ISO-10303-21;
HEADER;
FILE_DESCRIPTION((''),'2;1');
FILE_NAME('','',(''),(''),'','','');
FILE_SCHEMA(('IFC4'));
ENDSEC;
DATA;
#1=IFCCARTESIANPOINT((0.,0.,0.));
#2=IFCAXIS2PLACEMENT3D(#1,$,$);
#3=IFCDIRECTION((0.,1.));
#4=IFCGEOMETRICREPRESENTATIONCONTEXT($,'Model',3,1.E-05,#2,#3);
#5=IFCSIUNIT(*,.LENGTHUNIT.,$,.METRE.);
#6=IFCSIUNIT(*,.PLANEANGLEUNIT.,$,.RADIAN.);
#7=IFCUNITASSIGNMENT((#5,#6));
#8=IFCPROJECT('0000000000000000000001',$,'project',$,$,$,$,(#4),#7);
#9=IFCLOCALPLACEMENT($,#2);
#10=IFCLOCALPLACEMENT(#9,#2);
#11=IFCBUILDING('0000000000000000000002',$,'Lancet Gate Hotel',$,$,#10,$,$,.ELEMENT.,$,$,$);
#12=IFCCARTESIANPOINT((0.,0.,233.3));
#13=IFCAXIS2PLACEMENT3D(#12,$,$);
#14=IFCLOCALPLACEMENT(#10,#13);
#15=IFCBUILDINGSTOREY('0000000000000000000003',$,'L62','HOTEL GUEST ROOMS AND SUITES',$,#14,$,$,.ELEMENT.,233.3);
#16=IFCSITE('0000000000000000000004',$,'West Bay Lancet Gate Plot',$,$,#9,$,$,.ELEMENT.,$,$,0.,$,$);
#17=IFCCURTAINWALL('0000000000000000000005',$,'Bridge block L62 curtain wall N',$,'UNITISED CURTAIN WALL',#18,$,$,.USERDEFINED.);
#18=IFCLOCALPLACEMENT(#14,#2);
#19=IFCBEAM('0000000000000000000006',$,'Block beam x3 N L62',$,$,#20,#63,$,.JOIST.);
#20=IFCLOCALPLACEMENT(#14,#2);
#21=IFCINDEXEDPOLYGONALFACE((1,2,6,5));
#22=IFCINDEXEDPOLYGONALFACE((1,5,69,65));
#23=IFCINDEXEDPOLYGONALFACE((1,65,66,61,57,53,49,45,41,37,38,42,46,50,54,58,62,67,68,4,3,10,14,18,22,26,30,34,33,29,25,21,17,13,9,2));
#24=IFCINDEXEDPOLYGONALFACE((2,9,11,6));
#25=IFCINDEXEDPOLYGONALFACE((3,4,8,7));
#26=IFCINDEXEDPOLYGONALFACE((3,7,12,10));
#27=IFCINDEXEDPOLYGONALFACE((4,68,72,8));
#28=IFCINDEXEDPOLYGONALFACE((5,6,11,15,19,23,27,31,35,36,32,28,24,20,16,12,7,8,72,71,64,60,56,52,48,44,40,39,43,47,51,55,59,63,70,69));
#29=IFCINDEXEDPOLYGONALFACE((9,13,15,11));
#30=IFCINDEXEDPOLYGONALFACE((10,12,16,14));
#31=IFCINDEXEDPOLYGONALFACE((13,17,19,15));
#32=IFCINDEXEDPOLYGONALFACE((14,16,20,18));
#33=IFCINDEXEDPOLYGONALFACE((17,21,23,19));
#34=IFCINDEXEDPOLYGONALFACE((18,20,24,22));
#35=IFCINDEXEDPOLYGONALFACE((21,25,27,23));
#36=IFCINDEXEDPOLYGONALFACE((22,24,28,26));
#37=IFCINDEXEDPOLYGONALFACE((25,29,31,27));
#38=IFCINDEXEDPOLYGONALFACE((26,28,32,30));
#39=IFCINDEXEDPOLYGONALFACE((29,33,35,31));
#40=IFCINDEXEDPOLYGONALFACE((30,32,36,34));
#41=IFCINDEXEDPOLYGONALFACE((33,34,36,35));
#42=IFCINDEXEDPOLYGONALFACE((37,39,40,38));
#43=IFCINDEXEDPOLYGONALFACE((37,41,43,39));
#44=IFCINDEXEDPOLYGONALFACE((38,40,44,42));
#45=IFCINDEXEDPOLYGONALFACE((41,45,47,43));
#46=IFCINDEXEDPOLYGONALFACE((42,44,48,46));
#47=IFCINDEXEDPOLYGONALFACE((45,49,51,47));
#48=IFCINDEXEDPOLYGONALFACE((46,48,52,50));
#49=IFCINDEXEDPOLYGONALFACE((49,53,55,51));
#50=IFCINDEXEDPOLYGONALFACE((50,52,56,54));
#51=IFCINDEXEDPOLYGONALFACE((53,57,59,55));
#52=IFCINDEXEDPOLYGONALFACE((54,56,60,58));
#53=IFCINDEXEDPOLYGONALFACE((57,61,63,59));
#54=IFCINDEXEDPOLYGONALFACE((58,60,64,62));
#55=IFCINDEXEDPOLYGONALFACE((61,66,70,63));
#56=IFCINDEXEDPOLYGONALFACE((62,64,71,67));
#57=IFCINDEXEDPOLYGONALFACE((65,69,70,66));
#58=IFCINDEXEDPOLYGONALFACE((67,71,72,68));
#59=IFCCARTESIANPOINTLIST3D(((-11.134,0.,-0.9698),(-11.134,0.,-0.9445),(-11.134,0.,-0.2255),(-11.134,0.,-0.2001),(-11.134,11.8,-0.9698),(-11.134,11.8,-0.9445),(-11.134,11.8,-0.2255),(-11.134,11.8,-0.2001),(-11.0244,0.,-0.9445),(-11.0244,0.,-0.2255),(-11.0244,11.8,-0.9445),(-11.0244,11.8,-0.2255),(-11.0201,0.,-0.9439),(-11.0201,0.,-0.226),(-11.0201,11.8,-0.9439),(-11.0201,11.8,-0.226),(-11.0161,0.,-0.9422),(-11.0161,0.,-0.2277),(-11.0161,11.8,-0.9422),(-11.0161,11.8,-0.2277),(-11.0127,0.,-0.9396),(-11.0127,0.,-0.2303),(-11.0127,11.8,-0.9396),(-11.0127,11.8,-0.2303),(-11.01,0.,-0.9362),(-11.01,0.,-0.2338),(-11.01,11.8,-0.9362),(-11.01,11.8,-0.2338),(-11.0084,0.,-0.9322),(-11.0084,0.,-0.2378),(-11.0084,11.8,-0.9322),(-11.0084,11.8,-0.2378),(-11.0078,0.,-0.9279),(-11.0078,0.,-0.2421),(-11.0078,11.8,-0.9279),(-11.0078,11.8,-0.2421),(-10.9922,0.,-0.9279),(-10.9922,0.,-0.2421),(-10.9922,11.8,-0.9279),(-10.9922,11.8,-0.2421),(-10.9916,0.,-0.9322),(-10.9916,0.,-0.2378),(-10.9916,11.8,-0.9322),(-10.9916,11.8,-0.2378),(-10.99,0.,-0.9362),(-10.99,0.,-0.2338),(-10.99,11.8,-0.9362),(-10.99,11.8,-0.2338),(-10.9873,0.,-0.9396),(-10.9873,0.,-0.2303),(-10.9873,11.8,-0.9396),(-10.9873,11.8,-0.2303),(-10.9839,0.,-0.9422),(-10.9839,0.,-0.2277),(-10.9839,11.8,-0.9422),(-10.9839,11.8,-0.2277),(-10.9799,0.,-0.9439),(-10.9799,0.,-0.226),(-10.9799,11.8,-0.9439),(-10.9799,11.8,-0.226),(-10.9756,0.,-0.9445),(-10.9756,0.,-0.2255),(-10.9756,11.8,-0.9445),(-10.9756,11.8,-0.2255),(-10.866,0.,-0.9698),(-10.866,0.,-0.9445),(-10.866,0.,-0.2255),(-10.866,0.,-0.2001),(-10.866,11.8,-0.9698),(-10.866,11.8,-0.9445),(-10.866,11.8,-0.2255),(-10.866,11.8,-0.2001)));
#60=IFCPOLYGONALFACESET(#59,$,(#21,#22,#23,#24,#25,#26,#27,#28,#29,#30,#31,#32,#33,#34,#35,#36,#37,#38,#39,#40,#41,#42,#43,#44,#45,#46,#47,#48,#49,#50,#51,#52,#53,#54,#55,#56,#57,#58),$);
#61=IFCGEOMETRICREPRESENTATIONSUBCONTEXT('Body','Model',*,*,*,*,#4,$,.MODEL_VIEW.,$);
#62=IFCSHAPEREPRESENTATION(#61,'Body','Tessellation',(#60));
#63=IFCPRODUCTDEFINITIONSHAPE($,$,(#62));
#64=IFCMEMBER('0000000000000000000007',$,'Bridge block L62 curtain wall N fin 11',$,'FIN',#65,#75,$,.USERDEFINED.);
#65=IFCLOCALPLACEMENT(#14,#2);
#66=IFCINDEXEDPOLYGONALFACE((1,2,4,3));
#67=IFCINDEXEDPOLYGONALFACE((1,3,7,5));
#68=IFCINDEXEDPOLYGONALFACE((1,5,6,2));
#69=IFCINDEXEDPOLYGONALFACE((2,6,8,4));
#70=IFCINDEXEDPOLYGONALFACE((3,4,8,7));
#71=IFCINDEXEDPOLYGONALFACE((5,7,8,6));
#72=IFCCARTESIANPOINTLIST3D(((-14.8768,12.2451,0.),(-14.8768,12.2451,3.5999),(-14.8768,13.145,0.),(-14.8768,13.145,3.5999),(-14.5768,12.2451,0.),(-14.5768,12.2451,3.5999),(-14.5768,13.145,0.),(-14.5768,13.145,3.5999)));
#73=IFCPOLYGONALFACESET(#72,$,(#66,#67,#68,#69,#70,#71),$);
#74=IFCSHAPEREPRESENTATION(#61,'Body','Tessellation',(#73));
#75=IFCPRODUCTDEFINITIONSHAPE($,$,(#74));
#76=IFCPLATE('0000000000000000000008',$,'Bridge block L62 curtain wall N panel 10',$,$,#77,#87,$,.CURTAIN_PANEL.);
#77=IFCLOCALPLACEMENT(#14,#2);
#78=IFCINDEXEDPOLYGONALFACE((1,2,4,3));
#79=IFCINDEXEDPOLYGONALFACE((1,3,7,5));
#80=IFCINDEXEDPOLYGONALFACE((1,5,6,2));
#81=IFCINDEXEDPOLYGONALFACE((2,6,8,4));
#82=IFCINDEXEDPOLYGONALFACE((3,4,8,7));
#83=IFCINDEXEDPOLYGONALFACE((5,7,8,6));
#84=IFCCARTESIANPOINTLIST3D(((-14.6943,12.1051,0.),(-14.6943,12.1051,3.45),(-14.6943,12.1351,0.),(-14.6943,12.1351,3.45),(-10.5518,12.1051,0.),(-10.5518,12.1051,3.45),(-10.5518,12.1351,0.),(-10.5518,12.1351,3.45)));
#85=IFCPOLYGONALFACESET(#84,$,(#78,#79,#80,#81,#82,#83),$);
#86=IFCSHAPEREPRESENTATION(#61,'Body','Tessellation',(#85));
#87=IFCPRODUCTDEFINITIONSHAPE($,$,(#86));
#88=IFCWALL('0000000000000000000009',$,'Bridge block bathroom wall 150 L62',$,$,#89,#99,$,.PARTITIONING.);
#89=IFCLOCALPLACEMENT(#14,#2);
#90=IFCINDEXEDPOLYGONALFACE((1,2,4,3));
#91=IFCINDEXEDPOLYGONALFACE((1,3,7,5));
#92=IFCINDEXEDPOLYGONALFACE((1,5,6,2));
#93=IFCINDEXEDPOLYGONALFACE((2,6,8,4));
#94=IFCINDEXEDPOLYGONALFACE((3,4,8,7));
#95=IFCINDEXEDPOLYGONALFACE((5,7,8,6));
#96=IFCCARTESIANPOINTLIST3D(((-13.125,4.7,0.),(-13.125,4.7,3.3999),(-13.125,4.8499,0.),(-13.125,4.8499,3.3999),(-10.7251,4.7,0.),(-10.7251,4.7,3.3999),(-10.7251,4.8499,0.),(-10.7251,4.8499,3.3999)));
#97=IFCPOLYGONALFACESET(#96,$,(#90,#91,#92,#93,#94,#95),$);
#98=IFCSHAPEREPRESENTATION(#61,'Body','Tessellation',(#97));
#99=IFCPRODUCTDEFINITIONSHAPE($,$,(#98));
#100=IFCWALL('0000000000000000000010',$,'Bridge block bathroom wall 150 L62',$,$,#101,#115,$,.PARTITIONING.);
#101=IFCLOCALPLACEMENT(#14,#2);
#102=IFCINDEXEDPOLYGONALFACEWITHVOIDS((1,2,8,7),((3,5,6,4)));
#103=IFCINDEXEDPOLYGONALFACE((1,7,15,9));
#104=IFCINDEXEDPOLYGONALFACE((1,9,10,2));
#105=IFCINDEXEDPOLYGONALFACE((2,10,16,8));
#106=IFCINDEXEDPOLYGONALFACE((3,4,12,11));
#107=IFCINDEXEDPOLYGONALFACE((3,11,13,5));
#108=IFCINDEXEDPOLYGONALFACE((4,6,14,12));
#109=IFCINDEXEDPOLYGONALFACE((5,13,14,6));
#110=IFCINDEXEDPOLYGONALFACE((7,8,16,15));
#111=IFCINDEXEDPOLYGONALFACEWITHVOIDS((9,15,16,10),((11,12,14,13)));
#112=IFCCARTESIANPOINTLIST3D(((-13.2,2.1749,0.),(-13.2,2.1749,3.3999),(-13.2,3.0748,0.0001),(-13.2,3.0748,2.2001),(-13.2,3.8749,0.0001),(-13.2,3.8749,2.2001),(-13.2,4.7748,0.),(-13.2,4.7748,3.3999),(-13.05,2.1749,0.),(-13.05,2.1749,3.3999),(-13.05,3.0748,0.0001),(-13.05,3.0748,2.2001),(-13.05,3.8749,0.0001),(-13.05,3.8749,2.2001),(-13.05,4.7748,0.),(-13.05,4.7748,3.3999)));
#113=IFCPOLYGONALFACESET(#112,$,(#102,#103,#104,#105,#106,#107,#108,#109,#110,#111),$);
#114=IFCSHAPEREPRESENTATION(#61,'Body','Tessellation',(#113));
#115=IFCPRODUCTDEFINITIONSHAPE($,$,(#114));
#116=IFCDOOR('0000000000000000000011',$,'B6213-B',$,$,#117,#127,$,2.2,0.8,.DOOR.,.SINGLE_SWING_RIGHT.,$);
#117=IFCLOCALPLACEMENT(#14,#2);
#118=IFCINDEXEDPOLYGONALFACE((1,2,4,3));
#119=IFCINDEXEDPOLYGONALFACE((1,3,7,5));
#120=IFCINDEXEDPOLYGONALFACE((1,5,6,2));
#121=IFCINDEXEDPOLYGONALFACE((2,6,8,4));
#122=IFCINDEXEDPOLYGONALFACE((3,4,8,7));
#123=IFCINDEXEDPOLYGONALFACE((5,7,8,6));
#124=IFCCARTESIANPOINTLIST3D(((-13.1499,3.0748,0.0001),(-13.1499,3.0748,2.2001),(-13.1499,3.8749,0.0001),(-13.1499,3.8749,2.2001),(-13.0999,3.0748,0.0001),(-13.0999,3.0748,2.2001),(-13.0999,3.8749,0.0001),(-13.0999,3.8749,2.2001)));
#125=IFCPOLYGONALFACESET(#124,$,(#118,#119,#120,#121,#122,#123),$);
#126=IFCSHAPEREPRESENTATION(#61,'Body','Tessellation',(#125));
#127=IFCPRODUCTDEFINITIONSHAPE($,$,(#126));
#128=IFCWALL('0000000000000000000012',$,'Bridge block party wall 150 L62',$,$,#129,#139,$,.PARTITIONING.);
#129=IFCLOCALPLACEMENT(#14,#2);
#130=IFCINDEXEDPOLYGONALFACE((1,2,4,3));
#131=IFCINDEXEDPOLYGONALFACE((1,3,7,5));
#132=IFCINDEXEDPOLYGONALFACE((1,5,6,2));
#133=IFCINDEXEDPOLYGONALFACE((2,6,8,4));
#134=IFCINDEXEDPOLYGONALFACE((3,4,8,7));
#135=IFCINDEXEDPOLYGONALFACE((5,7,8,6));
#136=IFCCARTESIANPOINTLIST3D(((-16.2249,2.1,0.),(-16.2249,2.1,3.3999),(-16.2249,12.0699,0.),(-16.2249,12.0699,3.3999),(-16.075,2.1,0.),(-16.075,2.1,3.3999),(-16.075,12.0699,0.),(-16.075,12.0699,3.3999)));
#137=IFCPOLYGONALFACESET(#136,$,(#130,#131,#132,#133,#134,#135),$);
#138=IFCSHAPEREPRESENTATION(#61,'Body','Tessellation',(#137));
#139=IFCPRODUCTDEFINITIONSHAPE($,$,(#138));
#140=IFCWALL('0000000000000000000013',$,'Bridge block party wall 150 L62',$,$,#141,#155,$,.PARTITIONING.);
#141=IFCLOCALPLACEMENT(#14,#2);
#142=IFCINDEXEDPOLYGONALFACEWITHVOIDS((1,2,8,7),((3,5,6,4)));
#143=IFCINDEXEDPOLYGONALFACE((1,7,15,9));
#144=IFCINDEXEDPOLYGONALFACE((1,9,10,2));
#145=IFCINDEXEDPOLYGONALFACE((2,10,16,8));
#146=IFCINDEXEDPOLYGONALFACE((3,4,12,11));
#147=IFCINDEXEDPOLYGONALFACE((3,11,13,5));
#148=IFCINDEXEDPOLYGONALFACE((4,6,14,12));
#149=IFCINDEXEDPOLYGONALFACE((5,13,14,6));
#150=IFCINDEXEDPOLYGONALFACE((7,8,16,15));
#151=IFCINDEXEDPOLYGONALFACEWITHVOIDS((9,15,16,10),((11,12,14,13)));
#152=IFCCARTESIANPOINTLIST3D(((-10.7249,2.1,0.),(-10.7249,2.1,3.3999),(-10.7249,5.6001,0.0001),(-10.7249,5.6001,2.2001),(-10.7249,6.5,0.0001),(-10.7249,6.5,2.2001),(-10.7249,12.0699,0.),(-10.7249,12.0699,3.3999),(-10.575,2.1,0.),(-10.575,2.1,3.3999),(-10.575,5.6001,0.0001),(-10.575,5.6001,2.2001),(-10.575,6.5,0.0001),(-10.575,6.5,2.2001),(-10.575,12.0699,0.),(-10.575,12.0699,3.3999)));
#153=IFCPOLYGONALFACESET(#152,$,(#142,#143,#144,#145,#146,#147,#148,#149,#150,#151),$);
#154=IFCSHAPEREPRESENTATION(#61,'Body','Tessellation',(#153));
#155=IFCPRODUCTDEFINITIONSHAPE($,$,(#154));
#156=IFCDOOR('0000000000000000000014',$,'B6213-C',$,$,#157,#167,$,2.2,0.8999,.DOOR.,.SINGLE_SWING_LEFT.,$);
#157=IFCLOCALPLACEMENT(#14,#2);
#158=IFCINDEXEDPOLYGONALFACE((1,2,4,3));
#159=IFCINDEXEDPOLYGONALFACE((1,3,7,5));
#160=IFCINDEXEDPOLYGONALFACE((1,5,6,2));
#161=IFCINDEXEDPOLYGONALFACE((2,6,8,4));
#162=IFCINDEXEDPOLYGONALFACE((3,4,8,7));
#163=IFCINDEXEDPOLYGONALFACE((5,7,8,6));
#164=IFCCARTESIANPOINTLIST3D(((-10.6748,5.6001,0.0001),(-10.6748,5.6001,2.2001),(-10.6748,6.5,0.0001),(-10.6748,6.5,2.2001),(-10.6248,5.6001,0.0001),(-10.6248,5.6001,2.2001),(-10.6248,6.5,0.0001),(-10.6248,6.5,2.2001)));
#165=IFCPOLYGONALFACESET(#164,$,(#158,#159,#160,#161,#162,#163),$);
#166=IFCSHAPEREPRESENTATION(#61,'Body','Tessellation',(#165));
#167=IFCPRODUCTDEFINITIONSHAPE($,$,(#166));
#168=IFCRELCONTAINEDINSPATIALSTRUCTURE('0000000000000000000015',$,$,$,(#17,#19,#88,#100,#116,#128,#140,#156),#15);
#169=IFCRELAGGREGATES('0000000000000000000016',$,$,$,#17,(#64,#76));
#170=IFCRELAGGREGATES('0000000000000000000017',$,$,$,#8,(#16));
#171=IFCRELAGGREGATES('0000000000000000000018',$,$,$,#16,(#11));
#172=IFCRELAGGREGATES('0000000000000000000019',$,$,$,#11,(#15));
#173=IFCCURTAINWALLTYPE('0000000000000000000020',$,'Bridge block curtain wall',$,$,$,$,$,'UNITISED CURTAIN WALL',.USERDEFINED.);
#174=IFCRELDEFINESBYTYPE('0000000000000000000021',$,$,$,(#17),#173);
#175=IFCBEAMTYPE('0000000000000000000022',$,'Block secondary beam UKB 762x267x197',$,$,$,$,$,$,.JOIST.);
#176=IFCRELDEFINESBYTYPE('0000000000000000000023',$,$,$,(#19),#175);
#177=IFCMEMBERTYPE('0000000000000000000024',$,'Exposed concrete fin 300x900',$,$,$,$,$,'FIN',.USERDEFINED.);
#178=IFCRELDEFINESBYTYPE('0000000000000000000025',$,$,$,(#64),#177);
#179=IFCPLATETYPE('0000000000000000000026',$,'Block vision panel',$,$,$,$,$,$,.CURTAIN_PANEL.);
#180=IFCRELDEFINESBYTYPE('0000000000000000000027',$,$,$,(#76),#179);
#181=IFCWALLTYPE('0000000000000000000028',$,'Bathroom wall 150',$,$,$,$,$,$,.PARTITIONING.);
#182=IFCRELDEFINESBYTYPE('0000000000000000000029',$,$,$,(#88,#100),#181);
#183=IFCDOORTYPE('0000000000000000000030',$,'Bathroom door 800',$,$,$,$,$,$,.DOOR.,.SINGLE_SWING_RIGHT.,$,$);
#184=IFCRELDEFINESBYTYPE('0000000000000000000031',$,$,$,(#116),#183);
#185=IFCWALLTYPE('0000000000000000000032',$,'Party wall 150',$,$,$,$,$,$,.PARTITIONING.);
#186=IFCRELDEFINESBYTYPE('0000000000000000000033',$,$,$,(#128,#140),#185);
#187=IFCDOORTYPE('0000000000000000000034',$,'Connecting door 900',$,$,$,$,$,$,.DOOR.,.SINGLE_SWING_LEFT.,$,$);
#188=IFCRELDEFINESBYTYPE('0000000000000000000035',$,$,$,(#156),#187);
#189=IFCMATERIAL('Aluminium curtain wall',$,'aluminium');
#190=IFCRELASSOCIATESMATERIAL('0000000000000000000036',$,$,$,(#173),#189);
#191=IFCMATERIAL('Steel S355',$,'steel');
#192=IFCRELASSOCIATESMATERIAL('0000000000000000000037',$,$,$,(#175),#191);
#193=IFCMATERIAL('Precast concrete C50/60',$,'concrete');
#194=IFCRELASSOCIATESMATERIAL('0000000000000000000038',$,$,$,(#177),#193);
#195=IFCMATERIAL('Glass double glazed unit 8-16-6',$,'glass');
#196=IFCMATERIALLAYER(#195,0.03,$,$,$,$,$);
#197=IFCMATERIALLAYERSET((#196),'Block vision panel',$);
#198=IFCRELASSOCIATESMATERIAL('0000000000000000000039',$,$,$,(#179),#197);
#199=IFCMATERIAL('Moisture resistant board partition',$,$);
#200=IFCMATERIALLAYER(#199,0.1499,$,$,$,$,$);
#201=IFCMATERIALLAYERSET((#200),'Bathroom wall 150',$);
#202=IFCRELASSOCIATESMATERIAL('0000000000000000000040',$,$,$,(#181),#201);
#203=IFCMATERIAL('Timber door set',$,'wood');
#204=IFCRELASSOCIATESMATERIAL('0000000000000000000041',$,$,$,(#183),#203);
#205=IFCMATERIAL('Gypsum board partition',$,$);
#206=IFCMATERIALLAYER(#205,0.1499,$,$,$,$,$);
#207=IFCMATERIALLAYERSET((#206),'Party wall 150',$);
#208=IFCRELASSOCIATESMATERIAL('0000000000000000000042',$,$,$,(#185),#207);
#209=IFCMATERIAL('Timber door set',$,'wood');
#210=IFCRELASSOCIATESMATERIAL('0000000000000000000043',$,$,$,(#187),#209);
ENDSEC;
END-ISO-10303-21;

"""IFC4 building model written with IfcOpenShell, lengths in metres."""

from ifc_helpers import new_model, si_unit, direction, frame, frame_2d, origin, origin_2d, place, context, subcontext, project, spatial, rectangle, i_section, extrude, material, layer, layer_set, material_profile, profile_set, type_object, element, fill, aggregate, save


model = new_model("IFC4")

# Units and contexts
model_context = context("Model", 3, precision=1e-05, world=origin(), true_north=direction((0.0, 1.0)))
body_context = subcontext(model_context, "Body", "Model", "MODEL_VIEW")
ifc_project = project(units=[si_unit("LENGTHUNIT", "METRE"), si_unit("PLANEANGLEUNIT", "RADIAN")], contexts=[model_context])

# Site, building, storey
site_placement = place(None, origin())
site = spatial("IfcSite", under=ifc_project, at=site_placement, Name="West Bay Lancet Gate Plot", CompositionType="ELEMENT", RefElevation=0.0)
building_placement = place(site_placement, origin())
building = spatial("IfcBuilding", under=site, at=building_placement, Name="Lancet Gate Hotel", CompositionType="ELEMENT")
storey_placement = place(building_placement, frame((0.0, 0.0, 233.3)))
storey = spatial("IfcBuildingStorey", under=building, at=storey_placement, Name="L62", Description="HOTEL GUEST ROOMS AND SUITES", CompositionType="ELEMENT", Elevation=233.3)

# Curtain wall
ifc_material_1 = material(Name="Aluminium curtain wall", Category="aluminium")
curtain_wall_type = type_object("IfcCurtainWallType", Name="Bridge block curtain wall", ElementType="UNITISED CURTAIN WALL", PredefinedType="USERDEFINED", material=ifc_material_1)
curtain_wall_placement = place(storey_placement, origin())
curtain_wall = element("IfcCurtainWall", 1, at=curtain_wall_placement, inside=storey, type_object=curtain_wall_type, Name="Bridge block L62 curtain wall N", ObjectType="UNITISED CURTAIN WALL", PredefinedType="USERDEFINED")

# Beam
ifc_material_2 = material(Name="Steel S355", Category="steel")
ifc_material_profile_1 = material_profile(ifc_material_2, i_section(OverallWidth=0.2681, OverallDepth=0.7698, WebThickness=0.0156, FlangeThickness=0.0254, FilletRadius=0.0166, at=origin_2d()), Name="UKB 762x267x197")
ifc_profile_set_1 = profile_set([ifc_material_profile_1], Name="Steel S355")
beam_type_1 = type_object("IfcBeamType", Name="Block secondary beam UKB 762x267x197", PredefinedType="JOIST", material=ifc_profile_set_1)
beam_placement = place(storey_placement, frame((-11.0, 0.0, -0.585), z_axis=(0.0, 1.0, 0.0), x_axis=(-1.0, 0.0, 0.0)))
element("IfcBeam", 2, at=beam_placement, inside=storey, type_object=beam_type_1, Name="Block beam x3 N L62", PredefinedType="JOIST", context=body_context, shape_type="SweptSolid", body=[
    extrude(i_section(OverallWidth=0.2681, OverallDepth=0.7698, WebThickness=0.0156, FlangeThickness=0.0254, FilletRadius=0.0166, at=origin_2d()), origin(), (0.0, 0.0, 1.0), 11.8),
])

# Member
ifc_material_3 = material(Name="Precast concrete C50/60", Category="concrete")
ifc_material_profile_2 = material_profile(ifc_material_3, rectangle(XDim=0.3, YDim=0.8999, at=origin_2d()), Name="FIN 300x900")
ifc_profile_set_2 = profile_set([ifc_material_profile_2], Name="Precast concrete C50/60")
member_type_1 = type_object("IfcMemberType", Name="Exposed concrete fin 300x900", ElementType="FIN", PredefinedType="USERDEFINED", material=ifc_profile_set_2)
member_1_placement = place(storey_placement, frame((-14.7268, 12.6951, 0.0), z_axis=(0.0, 0.0, 1.0), x_axis=(-1.0, 0.0, 0.0)))
member_1 = element("IfcMember", 3, at=member_1_placement, type_object=member_type_1, Name="Bridge block L62 curtain wall N fin 11", ObjectType="FIN", PredefinedType="USERDEFINED", context=body_context, shape_type="SweptSolid", body=[
    extrude(rectangle(XDim=0.3, YDim=0.8999, at=origin_2d()), origin(), (0.0, 0.0, 1.0), 3.5999),
])

# Plate
ifc_material_4 = material(Name="Glass double glazed unit 8-16-6", Category="glass")
ifc_layer_1 = layer(ifc_material_4, 0.03)
ifc_layer_set_1 = layer_set([ifc_layer_1], Name="Block vision panel")
plate_type = type_object("IfcPlateType", Name="Block vision panel", PredefinedType="CURTAIN_PANEL", material=ifc_layer_set_1)
plate_placement = place(storey_placement, frame((-12.623, 12.1201, 0.0), z_axis=(0.0, 0.0, 1.0), x_axis=(-1.0, 0.0, 0.0)))
plate = element("IfcPlate", 4, at=plate_placement, type_object=plate_type, Name="Bridge block L62 curtain wall N panel 10", PredefinedType="CURTAIN_PANEL", context=body_context, shape_type="SweptSolid", body=[
    extrude(rectangle(XDim=4.1426, YDim=0.03, at=origin_2d()), origin(), (0.0, 0.0, 1.0), 3.45),
])
aggregate(curtain_wall, [member_1, plate])

# Wall
ifc_material_5 = material(Name="Moisture resistant board partition")
ifc_layer_2 = layer(ifc_material_5, 0.1499)
ifc_layer_set_2 = layer_set([ifc_layer_2], Name="Bathroom wall 150")
wall_type_1 = type_object("IfcWallType", Name="Bathroom wall 150", PredefinedType="PARTITIONING", material=ifc_layer_set_2)
wall_1_placement = place(storey_placement, frame((-13.125, 4.7749, 0.0), z_axis=(0.0, 0.0, 1.0), x_axis=(1.0, 0.0, 0.0)))
element("IfcWall", 5, at=wall_1_placement, inside=storey, type_object=wall_type_1, Name="Bridge block bathroom wall 150 L62", PredefinedType="PARTITIONING", context=body_context, shape_type="SweptSolid", body=[
    extrude(rectangle(XDim=2.3999, YDim=0.1499, at=frame_2d((1.2, 0.0))), origin(), (0.0, 0.0, 1.0), 3.3999),
])

# Wall, opening, door
wall_2_placement = place(storey_placement, frame((-13.125, 2.175, 0.0), z_axis=(0.0, 0.0, 1.0), x_axis=(0.0, 1.0, 0.0)))
wall_2 = element("IfcWall", 6, at=wall_2_placement, inside=storey, type_object=wall_type_1, Name="Bridge block bathroom wall 150 L62", PredefinedType="PARTITIONING", context=body_context, shape_type="SweptSolid", body=[
    extrude(rectangle(XDim=2.5999, YDim=0.1499, at=frame_2d((1.2998, 0.0))), origin(), (0.0, 0.0, 1.0), 3.3999),
])
opening_1_placement = place(wall_2_placement, frame((0.8999, 0.0, 0.0)))
opening_1 = element("IfcOpeningElement", 7, at=opening_1_placement, cuts=wall_2, PredefinedType="OPENING", context=body_context, shape_type="SweptSolid", body=[
    extrude(rectangle(XDim=0.8, YDim=2.2, at=frame_2d((0.3999, 1.1001))), frame((0.0, 0.085, 0.0), z_axis=(0.0, -1.0, 0.0), x_axis=(1.0, 0.0, 0.0)), (0.0, 0.0, 1.0), 0.1699),
])
ifc_material_6 = material(Name="Timber door set", Category="wood")
door_type_1 = type_object("IfcDoorType", Name="Bathroom door 800", OperationType="SINGLE_SWING_RIGHT", PredefinedType="DOOR", material=ifc_material_6)
door_1_placement = place(opening_1_placement, origin())
door_1 = element("IfcDoor", 8, at=door_1_placement, inside=storey, type_object=door_type_1, Name="B6213-B", OperationType="SINGLE_SWING_RIGHT", OverallHeight=2.2, OverallWidth=0.8, PredefinedType="DOOR", context=body_context, shape_type="SweptSolid", body=[
    extrude(rectangle(XDim=0.8, YDim=2.2, at=frame_2d((0.3999, 1.1001))), frame((0.0, 0.0249, 0.0), z_axis=(0.0, -1.0, 0.0), x_axis=(1.0, 0.0, 0.0)), (0.0, 0.0, 1.0), 0.05),
])
fill(opening_1, door_1)

# Wall
ifc_material_7 = material(Name="Gypsum board partition")
ifc_layer_3 = layer(ifc_material_7, 0.1499)
ifc_layer_set_3 = layer_set([ifc_layer_3], Name="Party wall 150")
wall_type_2 = type_object("IfcWallType", Name="Party wall 150", PredefinedType="PARTITIONING", material=ifc_layer_set_3)
wall_3_placement = place(storey_placement, frame((-16.1499, 2.1001, 0.0), z_axis=(0.0, 0.0, 1.0), x_axis=(0.0, 1.0, 0.0)))
element("IfcWall", 9, at=wall_3_placement, inside=storey, type_object=wall_type_2, Name="Bridge block party wall 150 L62", PredefinedType="PARTITIONING", context=body_context, shape_type="SweptSolid", body=[
    extrude(rectangle(XDim=9.97, YDim=0.1499, at=frame_2d((4.9849, 0.0))), origin(), (0.0, 0.0, 1.0), 3.3999),
])

# Wall, opening, door
wall_4_placement = place(storey_placement, frame((-10.6499, 2.1001, 0.0), z_axis=(0.0, 0.0, 1.0), x_axis=(0.0, 1.0, 0.0)))
wall_4 = element("IfcWall", 10, at=wall_4_placement, inside=storey, type_object=wall_type_2, Name="Bridge block party wall 150 L62", PredefinedType="PARTITIONING", context=body_context, shape_type="SweptSolid", body=[
    extrude(rectangle(XDim=9.97, YDim=0.1499, at=frame_2d((4.9849, 0.0))), origin(), (0.0, 0.0, 1.0), 3.3999),
])
opening_2_placement = place(wall_4_placement, frame((3.5, 0.0, 0.0)))
opening_2 = element("IfcOpeningElement", 11, at=opening_2_placement, cuts=wall_4, PredefinedType="OPENING", context=body_context, shape_type="SweptSolid", body=[
    extrude(rectangle(XDim=0.8999, YDim=2.2, at=frame_2d((0.45, 1.1001))), frame((0.0, 0.085, 0.0), z_axis=(0.0, -1.0, 0.0), x_axis=(1.0, 0.0, 0.0)), (0.0, 0.0, 1.0), 0.1699),
])
ifc_material_8 = material(Name="Timber door set", Category="wood")
door_type_2 = type_object("IfcDoorType", Name="Connecting door 900", OperationType="SINGLE_SWING_LEFT", PredefinedType="DOOR", material=ifc_material_8)
door_2_placement = place(opening_2_placement, origin())
door_2 = element("IfcDoor", 12, at=door_2_placement, inside=storey, type_object=door_type_2, Name="B6213-C", OperationType="SINGLE_SWING_LEFT", OverallHeight=2.2, OverallWidth=0.8999, PredefinedType="DOOR", context=body_context, shape_type="SweptSolid", body=[
    extrude(rectangle(XDim=0.8999, YDim=2.2, at=frame_2d((0.45, 1.1001))), frame((0.0, 0.0249, 0.0), z_axis=(0.0, -1.0, 0.0), x_axis=(1.0, 0.0, 0.0)), (0.0, 0.0, 1.0), 0.05),
])
fill(opening_2, door_2)

save(model, "model.ifc")
